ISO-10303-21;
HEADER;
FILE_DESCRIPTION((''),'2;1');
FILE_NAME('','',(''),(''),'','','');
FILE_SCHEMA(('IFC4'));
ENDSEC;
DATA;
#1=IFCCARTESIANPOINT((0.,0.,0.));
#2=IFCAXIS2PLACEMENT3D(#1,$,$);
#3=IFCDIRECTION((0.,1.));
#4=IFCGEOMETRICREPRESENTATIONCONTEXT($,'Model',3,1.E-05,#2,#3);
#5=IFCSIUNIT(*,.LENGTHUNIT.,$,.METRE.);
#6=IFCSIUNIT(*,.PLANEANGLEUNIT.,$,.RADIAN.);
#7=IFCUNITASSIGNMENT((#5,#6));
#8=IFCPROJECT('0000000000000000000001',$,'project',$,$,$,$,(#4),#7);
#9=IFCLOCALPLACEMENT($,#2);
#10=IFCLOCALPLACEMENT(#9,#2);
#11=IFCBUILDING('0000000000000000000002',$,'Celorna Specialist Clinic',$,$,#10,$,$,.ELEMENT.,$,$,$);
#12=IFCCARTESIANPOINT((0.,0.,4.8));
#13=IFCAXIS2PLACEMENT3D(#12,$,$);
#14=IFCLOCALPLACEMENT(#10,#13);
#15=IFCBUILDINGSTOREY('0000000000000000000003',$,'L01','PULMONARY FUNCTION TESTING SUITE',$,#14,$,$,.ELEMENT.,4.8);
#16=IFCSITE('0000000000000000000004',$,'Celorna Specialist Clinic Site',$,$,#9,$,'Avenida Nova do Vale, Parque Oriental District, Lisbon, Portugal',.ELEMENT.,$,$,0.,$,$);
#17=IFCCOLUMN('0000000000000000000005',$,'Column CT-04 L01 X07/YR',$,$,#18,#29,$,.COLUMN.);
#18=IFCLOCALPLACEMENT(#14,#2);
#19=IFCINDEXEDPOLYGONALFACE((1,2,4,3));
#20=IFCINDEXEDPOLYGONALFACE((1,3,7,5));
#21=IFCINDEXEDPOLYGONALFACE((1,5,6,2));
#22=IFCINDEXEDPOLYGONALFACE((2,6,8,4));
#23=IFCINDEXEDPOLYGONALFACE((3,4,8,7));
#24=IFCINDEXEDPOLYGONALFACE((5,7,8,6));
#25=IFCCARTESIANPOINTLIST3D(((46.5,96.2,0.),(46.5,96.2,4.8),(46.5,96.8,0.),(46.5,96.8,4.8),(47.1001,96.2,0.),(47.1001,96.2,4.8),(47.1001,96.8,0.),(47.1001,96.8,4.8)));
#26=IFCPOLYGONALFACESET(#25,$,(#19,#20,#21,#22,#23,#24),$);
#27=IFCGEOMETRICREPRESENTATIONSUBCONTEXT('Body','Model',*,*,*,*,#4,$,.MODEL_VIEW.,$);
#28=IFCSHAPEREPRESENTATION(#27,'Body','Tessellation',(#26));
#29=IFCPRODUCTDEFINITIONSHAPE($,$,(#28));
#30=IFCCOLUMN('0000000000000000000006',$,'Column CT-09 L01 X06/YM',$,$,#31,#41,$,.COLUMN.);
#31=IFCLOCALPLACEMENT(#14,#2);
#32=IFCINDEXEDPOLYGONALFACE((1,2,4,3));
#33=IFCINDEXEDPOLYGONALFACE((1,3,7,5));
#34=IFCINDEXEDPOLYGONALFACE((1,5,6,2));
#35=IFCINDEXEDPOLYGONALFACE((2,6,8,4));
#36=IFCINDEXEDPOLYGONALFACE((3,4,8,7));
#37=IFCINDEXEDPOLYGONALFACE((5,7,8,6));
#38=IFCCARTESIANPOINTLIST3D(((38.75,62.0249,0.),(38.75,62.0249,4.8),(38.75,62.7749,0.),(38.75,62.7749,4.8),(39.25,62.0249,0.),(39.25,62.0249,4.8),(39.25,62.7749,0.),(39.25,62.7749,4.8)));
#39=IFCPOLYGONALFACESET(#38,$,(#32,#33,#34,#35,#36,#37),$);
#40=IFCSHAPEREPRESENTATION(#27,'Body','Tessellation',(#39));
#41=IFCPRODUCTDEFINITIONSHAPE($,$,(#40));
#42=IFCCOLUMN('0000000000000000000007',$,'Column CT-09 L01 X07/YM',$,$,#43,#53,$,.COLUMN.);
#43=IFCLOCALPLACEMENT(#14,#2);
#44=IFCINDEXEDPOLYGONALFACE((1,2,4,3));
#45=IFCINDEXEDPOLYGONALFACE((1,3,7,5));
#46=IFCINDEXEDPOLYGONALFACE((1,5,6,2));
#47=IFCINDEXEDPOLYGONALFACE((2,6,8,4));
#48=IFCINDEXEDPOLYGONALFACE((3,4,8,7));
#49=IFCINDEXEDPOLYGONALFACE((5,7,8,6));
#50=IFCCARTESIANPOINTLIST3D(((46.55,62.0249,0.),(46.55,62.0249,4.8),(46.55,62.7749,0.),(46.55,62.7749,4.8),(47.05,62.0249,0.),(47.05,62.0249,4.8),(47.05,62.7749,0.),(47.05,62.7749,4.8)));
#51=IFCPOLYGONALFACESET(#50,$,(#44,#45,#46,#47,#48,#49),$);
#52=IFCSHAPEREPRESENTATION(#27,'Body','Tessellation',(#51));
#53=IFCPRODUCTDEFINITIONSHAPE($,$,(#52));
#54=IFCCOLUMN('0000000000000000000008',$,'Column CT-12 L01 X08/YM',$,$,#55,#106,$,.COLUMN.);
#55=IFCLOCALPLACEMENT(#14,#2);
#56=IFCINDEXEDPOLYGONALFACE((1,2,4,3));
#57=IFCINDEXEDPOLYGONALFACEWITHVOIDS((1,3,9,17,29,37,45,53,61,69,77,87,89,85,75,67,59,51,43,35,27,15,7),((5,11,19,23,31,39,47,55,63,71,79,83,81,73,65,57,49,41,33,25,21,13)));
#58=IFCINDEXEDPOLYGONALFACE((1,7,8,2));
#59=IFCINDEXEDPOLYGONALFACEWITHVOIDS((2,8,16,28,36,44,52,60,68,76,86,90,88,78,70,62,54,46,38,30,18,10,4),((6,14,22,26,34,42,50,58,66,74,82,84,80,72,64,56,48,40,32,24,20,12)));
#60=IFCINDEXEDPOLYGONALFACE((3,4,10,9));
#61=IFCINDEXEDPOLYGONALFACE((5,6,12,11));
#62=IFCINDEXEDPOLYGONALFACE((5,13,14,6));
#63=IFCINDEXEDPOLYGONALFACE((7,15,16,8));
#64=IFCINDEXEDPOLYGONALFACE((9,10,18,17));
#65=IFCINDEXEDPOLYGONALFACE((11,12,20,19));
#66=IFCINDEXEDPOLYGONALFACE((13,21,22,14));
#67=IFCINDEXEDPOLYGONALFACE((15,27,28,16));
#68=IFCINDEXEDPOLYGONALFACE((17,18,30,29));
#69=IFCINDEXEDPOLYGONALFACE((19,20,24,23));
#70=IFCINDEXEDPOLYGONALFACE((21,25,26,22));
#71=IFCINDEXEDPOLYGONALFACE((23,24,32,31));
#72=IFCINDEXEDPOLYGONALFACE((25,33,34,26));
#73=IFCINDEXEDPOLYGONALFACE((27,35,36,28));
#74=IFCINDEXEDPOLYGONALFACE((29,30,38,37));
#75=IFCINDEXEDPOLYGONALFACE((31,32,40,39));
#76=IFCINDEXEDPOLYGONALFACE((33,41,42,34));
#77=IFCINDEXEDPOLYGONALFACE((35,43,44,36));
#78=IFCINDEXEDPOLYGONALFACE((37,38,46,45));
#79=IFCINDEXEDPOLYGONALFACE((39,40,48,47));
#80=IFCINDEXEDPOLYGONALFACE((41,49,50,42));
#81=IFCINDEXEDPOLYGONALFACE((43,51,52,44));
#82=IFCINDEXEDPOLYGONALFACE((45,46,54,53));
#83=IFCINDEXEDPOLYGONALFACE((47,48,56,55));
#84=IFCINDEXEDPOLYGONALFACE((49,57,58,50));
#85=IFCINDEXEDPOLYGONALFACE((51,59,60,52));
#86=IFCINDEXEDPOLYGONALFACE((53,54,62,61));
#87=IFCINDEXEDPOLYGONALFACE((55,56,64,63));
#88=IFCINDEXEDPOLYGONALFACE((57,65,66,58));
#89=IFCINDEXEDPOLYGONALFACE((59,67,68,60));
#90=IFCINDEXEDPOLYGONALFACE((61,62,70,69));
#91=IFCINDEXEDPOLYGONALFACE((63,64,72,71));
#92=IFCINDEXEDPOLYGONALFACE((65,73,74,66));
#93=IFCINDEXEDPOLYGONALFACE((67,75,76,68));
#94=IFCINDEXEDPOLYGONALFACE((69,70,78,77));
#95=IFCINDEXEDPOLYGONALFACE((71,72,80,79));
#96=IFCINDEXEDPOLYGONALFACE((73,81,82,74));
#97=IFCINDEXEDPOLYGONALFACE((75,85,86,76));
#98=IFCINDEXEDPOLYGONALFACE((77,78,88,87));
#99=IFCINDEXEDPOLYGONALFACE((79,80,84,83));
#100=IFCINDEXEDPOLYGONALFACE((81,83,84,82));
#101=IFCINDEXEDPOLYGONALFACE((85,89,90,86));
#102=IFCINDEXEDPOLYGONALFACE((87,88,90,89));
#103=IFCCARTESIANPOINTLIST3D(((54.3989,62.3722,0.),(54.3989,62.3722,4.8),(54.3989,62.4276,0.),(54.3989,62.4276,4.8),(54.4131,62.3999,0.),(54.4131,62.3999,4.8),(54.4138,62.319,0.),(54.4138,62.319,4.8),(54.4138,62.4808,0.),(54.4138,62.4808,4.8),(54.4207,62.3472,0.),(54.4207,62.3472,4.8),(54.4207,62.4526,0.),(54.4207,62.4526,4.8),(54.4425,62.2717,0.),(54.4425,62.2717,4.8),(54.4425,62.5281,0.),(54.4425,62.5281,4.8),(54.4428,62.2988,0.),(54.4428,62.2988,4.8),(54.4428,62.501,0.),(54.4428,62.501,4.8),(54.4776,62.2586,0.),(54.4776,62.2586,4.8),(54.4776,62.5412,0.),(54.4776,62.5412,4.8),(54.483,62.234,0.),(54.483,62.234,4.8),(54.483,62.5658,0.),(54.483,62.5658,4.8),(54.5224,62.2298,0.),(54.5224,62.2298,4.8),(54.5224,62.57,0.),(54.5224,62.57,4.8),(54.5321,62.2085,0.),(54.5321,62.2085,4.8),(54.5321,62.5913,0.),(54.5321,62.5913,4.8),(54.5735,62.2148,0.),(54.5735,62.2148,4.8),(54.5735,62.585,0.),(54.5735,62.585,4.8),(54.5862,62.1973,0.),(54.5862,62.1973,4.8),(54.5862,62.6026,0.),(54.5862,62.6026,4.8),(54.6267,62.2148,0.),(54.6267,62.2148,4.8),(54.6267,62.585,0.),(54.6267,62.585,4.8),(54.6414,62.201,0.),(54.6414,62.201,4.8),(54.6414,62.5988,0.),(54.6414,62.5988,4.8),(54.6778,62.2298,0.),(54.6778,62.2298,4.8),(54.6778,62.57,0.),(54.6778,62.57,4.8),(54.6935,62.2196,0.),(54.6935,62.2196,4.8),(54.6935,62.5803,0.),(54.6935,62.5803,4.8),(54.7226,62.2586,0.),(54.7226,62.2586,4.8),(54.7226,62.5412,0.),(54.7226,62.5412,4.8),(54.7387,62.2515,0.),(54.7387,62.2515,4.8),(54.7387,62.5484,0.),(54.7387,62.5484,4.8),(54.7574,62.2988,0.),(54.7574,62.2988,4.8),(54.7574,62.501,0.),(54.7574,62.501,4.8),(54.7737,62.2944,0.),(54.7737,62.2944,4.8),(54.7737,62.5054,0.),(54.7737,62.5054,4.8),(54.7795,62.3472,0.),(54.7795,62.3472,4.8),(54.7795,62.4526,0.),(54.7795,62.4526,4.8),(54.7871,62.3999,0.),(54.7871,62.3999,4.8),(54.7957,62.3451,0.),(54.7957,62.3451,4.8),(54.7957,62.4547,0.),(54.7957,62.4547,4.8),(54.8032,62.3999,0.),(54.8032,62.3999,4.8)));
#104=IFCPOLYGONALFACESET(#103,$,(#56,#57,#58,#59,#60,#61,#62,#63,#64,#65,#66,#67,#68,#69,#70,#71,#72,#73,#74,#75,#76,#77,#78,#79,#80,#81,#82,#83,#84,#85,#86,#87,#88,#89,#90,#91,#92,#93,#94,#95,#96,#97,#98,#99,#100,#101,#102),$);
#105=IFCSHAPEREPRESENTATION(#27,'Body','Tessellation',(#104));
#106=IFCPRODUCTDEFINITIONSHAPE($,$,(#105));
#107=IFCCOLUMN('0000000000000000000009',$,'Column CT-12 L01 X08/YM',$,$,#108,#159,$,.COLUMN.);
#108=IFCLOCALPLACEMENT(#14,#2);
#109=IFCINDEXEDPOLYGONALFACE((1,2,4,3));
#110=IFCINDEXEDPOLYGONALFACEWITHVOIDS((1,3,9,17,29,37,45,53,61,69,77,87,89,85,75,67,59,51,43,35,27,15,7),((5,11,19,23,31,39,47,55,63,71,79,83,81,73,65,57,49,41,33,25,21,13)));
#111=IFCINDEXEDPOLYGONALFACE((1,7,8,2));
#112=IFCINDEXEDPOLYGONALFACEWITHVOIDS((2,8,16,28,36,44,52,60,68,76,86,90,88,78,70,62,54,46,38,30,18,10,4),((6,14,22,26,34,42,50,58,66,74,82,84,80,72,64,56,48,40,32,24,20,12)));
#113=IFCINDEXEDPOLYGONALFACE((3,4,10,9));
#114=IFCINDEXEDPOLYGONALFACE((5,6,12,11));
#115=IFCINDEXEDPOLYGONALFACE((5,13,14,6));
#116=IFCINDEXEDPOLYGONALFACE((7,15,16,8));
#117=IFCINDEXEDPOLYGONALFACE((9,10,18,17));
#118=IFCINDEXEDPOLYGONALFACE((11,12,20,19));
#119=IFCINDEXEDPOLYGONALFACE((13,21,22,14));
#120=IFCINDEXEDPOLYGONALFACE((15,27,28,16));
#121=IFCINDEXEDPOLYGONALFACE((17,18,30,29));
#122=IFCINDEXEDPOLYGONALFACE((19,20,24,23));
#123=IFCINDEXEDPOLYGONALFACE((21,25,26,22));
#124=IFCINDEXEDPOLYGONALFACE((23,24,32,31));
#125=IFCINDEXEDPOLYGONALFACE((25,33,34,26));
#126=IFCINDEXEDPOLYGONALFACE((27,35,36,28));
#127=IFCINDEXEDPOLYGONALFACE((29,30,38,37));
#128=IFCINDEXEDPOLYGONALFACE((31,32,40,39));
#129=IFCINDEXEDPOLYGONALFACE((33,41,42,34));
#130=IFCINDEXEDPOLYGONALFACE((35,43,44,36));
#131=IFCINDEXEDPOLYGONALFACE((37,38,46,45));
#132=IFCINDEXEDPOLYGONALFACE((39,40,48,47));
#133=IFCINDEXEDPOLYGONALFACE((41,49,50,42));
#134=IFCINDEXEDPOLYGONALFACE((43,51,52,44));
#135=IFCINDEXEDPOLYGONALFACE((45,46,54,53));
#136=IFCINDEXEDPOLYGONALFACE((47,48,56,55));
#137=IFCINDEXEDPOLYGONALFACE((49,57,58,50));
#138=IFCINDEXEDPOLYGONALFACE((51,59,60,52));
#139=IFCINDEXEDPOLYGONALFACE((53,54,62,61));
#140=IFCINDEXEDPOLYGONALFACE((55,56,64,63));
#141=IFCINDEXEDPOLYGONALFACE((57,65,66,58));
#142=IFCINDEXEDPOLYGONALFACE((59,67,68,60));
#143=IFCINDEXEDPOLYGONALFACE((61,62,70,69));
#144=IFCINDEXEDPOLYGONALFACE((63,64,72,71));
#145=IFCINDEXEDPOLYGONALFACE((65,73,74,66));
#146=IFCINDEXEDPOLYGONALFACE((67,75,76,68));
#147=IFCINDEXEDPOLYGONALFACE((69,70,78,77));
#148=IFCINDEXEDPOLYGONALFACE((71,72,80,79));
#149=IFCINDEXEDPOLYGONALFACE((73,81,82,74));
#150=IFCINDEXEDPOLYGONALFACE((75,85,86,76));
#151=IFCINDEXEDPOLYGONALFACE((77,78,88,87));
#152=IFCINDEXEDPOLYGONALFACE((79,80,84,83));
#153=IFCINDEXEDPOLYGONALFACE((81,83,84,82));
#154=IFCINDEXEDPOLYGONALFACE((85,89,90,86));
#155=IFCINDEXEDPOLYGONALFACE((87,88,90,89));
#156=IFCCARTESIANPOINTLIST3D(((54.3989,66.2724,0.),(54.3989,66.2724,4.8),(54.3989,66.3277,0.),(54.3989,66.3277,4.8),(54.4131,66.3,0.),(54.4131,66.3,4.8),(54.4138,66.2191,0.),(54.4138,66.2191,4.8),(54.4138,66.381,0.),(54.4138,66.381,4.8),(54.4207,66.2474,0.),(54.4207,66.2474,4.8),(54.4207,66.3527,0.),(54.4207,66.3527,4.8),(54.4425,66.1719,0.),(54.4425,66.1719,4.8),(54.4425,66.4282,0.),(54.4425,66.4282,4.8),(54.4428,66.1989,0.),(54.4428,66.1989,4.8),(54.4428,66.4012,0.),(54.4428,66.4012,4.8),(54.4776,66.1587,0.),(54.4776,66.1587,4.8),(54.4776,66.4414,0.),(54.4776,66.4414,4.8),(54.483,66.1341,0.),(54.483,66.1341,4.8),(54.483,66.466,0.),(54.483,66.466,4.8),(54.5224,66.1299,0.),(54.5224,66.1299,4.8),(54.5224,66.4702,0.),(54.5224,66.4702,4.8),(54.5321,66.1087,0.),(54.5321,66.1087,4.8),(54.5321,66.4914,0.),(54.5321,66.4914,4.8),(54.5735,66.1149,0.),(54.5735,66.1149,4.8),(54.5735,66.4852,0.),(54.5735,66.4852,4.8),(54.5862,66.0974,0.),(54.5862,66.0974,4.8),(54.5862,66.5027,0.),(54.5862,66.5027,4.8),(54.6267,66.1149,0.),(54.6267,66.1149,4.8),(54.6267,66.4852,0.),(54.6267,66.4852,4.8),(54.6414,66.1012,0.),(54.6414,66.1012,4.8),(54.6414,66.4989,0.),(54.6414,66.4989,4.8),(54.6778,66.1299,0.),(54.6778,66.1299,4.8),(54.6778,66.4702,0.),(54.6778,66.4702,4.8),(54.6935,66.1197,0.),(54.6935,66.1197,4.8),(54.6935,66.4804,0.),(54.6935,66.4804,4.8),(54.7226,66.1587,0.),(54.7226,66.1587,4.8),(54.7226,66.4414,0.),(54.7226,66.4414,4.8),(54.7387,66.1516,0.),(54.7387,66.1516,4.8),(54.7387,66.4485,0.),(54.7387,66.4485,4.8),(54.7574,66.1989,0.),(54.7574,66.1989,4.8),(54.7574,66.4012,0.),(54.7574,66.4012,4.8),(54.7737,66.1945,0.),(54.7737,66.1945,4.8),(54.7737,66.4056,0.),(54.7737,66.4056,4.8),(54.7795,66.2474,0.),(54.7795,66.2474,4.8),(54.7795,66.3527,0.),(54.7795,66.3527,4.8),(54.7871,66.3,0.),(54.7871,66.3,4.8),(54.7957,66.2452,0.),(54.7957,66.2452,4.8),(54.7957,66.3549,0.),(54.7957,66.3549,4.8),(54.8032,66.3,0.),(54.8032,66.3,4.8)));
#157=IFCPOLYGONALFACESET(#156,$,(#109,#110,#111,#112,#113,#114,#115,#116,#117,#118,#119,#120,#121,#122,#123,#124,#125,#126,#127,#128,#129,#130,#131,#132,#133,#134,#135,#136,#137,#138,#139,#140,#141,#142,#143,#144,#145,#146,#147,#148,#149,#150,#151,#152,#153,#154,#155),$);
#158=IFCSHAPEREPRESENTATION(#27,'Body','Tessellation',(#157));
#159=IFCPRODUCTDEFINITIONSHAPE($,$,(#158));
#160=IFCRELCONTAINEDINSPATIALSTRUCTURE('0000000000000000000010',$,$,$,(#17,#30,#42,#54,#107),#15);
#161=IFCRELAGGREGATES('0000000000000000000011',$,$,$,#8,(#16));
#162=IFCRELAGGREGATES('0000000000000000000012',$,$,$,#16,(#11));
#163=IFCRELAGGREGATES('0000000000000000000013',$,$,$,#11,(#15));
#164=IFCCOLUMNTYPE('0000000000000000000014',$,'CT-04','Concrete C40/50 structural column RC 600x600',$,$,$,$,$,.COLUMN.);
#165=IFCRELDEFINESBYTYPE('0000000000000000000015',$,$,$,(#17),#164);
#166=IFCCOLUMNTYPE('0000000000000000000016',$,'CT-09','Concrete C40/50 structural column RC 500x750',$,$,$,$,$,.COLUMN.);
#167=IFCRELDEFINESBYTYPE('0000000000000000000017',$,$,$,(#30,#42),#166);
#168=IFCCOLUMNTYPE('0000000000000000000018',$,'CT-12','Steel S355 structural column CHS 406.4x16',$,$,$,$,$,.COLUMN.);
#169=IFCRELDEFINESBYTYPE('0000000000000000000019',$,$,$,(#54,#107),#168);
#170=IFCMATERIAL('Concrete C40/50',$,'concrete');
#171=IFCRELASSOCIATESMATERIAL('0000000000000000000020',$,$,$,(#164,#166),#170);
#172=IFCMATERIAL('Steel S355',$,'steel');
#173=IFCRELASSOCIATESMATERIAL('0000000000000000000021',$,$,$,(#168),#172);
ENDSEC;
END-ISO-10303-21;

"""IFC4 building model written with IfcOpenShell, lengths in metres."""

from ifc_helpers import new_model, si_unit, direction, frame, origin, origin_2d, place, context, subcontext, project, spatial, rectangle, hollow_circle, extrude, material, material_profile, profile_set, type_object, element, save


model = new_model("IFC4")

# Units and contexts
model_context = context("Model", 3, precision=1e-05, world=origin(), true_north=direction((0.0, 1.0)))
body_context = subcontext(model_context, "Body", "Model", "MODEL_VIEW")
ifc_project = project(units=[si_unit("LENGTHUNIT", "METRE"), si_unit("PLANEANGLEUNIT", "RADIAN")], contexts=[model_context])

# Site, building, storey
site_placement = place(None, origin())
site = spatial("IfcSite", under=ifc_project, at=site_placement, Name="Celorna Specialist Clinic Site", LongName="Avenida Nova do Vale, Parque Oriental District, Lisbon, Portugal", CompositionType="ELEMENT", RefElevation=0.0)
building_placement = place(site_placement, origin())
building = spatial("IfcBuilding", under=site, at=building_placement, Name="Celorna Specialist Clinic", CompositionType="ELEMENT")
storey_placement = place(building_placement, frame((0.0, 0.0, 4.8)))
storey = spatial("IfcBuildingStorey", under=building, at=storey_placement, Name="L01", Description="PULMONARY FUNCTION TESTING SUITE", CompositionType="ELEMENT", Elevation=4.8)

# Columns
ifc_material_1 = material(Name="Concrete C40/50", Category="concrete")
ifc_material_profile_1 = material_profile(ifc_material_1, rectangle(XDim=0.6001, YDim=0.6001, at=origin_2d()), Name="RC 600x600")
ifc_profile_set_1 = profile_set([ifc_material_profile_1], Name="Concrete C40/50")
column_type_1 = type_object("IfcColumnType", Name="CT-04", Description="Concrete C40/50 structural column RC 600x600", PredefinedType="COLUMN", material=ifc_profile_set_1)
column_1_placement = place(storey_placement, frame((46.8, 96.5, 0.0), z_axis=(0.0, 0.0, 1.0), x_axis=(1.0, 0.0, 0.0)))
element("IfcColumn", 1, at=column_1_placement, inside=storey, type_object=column_type_1, Name="Column CT-04 L01 X07/YR", PredefinedType="COLUMN", context=body_context, shape_type="SweptSolid", body=[
    extrude(rectangle(XDim=0.6001, YDim=0.6001, at=origin_2d()), origin(), (0.0, 0.0, 1.0), 4.8),
])
ifc_material_profile_2 = material_profile(ifc_material_1, rectangle(XDim=0.5, YDim=0.75, at=origin_2d()), Name="RC 500x750")
ifc_profile_set_2 = profile_set([ifc_material_profile_2], Name="Concrete C40/50")
column_type_2 = type_object("IfcColumnType", Name="CT-09", Description="Concrete C40/50 structural column RC 500x750", PredefinedType="COLUMN", material=ifc_profile_set_2)
for number, where, z_axis, x_axis, name in (
    (2, (39.0, 62.3999, 0.0), (0.0, 0.0, 1.0), (1.0, 0.0, 0.0), "Column CT-09 L01 X06/YM"),
    (3, (46.8, 62.3999, 0.0), (0.0, 0.0, 1.0), (1.0, 0.0, 0.0), "Column CT-09 L01 X07/YM"),
):
    element("IfcColumn", number, at=place(storey_placement, frame(where, z_axis=z_axis, x_axis=x_axis)), inside=storey, type_object=column_type_2, Name=name, PredefinedType="COLUMN", context=body_context, shape_type="SweptSolid", body=[
        extrude(rectangle(XDim=0.5, YDim=0.75, at=origin_2d()), origin(), (0.0, 0.0, 1.0), 4.8),
    ])
ifc_material_2 = material(Name="Steel S355", Category="steel")
ifc_material_profile_3 = material_profile(ifc_material_2, hollow_circle(Radius=0.2031, WallThickness=0.0161, at=origin_2d()), Name="CHS 406.4x16")
ifc_profile_set_3 = profile_set([ifc_material_profile_3], Name="Steel S355")
column_type_3 = type_object("IfcColumnType", Name="CT-12", Description="Steel S355 structural column CHS 406.4x16", PredefinedType="COLUMN", material=ifc_profile_set_3)
for number, where, z_axis, x_axis, name in (
    (4, (54.6001, 62.3999, 0.0), (0.0, 0.0, 1.0), (1.0, 0.0, 0.0), "Column CT-12 L01 X08/YM"),
    (5, (54.6001, 66.3, 0.0), (0.0, 0.0, 1.0), (1.0, 0.0, 0.0), "Column CT-12 L01 X08/YM"),
):
    element("IfcColumn", number, at=place(storey_placement, frame(where, z_axis=z_axis, x_axis=x_axis)), inside=storey, type_object=column_type_3, Name=name, PredefinedType="COLUMN", context=body_context, shape_type="SweptSolid", body=[
        extrude(hollow_circle(Radius=0.2031, WallThickness=0.0161, at=origin_2d()), origin(), (0.0, 0.0, 1.0), 4.8),
    ])

save(model, "model.ifc")
